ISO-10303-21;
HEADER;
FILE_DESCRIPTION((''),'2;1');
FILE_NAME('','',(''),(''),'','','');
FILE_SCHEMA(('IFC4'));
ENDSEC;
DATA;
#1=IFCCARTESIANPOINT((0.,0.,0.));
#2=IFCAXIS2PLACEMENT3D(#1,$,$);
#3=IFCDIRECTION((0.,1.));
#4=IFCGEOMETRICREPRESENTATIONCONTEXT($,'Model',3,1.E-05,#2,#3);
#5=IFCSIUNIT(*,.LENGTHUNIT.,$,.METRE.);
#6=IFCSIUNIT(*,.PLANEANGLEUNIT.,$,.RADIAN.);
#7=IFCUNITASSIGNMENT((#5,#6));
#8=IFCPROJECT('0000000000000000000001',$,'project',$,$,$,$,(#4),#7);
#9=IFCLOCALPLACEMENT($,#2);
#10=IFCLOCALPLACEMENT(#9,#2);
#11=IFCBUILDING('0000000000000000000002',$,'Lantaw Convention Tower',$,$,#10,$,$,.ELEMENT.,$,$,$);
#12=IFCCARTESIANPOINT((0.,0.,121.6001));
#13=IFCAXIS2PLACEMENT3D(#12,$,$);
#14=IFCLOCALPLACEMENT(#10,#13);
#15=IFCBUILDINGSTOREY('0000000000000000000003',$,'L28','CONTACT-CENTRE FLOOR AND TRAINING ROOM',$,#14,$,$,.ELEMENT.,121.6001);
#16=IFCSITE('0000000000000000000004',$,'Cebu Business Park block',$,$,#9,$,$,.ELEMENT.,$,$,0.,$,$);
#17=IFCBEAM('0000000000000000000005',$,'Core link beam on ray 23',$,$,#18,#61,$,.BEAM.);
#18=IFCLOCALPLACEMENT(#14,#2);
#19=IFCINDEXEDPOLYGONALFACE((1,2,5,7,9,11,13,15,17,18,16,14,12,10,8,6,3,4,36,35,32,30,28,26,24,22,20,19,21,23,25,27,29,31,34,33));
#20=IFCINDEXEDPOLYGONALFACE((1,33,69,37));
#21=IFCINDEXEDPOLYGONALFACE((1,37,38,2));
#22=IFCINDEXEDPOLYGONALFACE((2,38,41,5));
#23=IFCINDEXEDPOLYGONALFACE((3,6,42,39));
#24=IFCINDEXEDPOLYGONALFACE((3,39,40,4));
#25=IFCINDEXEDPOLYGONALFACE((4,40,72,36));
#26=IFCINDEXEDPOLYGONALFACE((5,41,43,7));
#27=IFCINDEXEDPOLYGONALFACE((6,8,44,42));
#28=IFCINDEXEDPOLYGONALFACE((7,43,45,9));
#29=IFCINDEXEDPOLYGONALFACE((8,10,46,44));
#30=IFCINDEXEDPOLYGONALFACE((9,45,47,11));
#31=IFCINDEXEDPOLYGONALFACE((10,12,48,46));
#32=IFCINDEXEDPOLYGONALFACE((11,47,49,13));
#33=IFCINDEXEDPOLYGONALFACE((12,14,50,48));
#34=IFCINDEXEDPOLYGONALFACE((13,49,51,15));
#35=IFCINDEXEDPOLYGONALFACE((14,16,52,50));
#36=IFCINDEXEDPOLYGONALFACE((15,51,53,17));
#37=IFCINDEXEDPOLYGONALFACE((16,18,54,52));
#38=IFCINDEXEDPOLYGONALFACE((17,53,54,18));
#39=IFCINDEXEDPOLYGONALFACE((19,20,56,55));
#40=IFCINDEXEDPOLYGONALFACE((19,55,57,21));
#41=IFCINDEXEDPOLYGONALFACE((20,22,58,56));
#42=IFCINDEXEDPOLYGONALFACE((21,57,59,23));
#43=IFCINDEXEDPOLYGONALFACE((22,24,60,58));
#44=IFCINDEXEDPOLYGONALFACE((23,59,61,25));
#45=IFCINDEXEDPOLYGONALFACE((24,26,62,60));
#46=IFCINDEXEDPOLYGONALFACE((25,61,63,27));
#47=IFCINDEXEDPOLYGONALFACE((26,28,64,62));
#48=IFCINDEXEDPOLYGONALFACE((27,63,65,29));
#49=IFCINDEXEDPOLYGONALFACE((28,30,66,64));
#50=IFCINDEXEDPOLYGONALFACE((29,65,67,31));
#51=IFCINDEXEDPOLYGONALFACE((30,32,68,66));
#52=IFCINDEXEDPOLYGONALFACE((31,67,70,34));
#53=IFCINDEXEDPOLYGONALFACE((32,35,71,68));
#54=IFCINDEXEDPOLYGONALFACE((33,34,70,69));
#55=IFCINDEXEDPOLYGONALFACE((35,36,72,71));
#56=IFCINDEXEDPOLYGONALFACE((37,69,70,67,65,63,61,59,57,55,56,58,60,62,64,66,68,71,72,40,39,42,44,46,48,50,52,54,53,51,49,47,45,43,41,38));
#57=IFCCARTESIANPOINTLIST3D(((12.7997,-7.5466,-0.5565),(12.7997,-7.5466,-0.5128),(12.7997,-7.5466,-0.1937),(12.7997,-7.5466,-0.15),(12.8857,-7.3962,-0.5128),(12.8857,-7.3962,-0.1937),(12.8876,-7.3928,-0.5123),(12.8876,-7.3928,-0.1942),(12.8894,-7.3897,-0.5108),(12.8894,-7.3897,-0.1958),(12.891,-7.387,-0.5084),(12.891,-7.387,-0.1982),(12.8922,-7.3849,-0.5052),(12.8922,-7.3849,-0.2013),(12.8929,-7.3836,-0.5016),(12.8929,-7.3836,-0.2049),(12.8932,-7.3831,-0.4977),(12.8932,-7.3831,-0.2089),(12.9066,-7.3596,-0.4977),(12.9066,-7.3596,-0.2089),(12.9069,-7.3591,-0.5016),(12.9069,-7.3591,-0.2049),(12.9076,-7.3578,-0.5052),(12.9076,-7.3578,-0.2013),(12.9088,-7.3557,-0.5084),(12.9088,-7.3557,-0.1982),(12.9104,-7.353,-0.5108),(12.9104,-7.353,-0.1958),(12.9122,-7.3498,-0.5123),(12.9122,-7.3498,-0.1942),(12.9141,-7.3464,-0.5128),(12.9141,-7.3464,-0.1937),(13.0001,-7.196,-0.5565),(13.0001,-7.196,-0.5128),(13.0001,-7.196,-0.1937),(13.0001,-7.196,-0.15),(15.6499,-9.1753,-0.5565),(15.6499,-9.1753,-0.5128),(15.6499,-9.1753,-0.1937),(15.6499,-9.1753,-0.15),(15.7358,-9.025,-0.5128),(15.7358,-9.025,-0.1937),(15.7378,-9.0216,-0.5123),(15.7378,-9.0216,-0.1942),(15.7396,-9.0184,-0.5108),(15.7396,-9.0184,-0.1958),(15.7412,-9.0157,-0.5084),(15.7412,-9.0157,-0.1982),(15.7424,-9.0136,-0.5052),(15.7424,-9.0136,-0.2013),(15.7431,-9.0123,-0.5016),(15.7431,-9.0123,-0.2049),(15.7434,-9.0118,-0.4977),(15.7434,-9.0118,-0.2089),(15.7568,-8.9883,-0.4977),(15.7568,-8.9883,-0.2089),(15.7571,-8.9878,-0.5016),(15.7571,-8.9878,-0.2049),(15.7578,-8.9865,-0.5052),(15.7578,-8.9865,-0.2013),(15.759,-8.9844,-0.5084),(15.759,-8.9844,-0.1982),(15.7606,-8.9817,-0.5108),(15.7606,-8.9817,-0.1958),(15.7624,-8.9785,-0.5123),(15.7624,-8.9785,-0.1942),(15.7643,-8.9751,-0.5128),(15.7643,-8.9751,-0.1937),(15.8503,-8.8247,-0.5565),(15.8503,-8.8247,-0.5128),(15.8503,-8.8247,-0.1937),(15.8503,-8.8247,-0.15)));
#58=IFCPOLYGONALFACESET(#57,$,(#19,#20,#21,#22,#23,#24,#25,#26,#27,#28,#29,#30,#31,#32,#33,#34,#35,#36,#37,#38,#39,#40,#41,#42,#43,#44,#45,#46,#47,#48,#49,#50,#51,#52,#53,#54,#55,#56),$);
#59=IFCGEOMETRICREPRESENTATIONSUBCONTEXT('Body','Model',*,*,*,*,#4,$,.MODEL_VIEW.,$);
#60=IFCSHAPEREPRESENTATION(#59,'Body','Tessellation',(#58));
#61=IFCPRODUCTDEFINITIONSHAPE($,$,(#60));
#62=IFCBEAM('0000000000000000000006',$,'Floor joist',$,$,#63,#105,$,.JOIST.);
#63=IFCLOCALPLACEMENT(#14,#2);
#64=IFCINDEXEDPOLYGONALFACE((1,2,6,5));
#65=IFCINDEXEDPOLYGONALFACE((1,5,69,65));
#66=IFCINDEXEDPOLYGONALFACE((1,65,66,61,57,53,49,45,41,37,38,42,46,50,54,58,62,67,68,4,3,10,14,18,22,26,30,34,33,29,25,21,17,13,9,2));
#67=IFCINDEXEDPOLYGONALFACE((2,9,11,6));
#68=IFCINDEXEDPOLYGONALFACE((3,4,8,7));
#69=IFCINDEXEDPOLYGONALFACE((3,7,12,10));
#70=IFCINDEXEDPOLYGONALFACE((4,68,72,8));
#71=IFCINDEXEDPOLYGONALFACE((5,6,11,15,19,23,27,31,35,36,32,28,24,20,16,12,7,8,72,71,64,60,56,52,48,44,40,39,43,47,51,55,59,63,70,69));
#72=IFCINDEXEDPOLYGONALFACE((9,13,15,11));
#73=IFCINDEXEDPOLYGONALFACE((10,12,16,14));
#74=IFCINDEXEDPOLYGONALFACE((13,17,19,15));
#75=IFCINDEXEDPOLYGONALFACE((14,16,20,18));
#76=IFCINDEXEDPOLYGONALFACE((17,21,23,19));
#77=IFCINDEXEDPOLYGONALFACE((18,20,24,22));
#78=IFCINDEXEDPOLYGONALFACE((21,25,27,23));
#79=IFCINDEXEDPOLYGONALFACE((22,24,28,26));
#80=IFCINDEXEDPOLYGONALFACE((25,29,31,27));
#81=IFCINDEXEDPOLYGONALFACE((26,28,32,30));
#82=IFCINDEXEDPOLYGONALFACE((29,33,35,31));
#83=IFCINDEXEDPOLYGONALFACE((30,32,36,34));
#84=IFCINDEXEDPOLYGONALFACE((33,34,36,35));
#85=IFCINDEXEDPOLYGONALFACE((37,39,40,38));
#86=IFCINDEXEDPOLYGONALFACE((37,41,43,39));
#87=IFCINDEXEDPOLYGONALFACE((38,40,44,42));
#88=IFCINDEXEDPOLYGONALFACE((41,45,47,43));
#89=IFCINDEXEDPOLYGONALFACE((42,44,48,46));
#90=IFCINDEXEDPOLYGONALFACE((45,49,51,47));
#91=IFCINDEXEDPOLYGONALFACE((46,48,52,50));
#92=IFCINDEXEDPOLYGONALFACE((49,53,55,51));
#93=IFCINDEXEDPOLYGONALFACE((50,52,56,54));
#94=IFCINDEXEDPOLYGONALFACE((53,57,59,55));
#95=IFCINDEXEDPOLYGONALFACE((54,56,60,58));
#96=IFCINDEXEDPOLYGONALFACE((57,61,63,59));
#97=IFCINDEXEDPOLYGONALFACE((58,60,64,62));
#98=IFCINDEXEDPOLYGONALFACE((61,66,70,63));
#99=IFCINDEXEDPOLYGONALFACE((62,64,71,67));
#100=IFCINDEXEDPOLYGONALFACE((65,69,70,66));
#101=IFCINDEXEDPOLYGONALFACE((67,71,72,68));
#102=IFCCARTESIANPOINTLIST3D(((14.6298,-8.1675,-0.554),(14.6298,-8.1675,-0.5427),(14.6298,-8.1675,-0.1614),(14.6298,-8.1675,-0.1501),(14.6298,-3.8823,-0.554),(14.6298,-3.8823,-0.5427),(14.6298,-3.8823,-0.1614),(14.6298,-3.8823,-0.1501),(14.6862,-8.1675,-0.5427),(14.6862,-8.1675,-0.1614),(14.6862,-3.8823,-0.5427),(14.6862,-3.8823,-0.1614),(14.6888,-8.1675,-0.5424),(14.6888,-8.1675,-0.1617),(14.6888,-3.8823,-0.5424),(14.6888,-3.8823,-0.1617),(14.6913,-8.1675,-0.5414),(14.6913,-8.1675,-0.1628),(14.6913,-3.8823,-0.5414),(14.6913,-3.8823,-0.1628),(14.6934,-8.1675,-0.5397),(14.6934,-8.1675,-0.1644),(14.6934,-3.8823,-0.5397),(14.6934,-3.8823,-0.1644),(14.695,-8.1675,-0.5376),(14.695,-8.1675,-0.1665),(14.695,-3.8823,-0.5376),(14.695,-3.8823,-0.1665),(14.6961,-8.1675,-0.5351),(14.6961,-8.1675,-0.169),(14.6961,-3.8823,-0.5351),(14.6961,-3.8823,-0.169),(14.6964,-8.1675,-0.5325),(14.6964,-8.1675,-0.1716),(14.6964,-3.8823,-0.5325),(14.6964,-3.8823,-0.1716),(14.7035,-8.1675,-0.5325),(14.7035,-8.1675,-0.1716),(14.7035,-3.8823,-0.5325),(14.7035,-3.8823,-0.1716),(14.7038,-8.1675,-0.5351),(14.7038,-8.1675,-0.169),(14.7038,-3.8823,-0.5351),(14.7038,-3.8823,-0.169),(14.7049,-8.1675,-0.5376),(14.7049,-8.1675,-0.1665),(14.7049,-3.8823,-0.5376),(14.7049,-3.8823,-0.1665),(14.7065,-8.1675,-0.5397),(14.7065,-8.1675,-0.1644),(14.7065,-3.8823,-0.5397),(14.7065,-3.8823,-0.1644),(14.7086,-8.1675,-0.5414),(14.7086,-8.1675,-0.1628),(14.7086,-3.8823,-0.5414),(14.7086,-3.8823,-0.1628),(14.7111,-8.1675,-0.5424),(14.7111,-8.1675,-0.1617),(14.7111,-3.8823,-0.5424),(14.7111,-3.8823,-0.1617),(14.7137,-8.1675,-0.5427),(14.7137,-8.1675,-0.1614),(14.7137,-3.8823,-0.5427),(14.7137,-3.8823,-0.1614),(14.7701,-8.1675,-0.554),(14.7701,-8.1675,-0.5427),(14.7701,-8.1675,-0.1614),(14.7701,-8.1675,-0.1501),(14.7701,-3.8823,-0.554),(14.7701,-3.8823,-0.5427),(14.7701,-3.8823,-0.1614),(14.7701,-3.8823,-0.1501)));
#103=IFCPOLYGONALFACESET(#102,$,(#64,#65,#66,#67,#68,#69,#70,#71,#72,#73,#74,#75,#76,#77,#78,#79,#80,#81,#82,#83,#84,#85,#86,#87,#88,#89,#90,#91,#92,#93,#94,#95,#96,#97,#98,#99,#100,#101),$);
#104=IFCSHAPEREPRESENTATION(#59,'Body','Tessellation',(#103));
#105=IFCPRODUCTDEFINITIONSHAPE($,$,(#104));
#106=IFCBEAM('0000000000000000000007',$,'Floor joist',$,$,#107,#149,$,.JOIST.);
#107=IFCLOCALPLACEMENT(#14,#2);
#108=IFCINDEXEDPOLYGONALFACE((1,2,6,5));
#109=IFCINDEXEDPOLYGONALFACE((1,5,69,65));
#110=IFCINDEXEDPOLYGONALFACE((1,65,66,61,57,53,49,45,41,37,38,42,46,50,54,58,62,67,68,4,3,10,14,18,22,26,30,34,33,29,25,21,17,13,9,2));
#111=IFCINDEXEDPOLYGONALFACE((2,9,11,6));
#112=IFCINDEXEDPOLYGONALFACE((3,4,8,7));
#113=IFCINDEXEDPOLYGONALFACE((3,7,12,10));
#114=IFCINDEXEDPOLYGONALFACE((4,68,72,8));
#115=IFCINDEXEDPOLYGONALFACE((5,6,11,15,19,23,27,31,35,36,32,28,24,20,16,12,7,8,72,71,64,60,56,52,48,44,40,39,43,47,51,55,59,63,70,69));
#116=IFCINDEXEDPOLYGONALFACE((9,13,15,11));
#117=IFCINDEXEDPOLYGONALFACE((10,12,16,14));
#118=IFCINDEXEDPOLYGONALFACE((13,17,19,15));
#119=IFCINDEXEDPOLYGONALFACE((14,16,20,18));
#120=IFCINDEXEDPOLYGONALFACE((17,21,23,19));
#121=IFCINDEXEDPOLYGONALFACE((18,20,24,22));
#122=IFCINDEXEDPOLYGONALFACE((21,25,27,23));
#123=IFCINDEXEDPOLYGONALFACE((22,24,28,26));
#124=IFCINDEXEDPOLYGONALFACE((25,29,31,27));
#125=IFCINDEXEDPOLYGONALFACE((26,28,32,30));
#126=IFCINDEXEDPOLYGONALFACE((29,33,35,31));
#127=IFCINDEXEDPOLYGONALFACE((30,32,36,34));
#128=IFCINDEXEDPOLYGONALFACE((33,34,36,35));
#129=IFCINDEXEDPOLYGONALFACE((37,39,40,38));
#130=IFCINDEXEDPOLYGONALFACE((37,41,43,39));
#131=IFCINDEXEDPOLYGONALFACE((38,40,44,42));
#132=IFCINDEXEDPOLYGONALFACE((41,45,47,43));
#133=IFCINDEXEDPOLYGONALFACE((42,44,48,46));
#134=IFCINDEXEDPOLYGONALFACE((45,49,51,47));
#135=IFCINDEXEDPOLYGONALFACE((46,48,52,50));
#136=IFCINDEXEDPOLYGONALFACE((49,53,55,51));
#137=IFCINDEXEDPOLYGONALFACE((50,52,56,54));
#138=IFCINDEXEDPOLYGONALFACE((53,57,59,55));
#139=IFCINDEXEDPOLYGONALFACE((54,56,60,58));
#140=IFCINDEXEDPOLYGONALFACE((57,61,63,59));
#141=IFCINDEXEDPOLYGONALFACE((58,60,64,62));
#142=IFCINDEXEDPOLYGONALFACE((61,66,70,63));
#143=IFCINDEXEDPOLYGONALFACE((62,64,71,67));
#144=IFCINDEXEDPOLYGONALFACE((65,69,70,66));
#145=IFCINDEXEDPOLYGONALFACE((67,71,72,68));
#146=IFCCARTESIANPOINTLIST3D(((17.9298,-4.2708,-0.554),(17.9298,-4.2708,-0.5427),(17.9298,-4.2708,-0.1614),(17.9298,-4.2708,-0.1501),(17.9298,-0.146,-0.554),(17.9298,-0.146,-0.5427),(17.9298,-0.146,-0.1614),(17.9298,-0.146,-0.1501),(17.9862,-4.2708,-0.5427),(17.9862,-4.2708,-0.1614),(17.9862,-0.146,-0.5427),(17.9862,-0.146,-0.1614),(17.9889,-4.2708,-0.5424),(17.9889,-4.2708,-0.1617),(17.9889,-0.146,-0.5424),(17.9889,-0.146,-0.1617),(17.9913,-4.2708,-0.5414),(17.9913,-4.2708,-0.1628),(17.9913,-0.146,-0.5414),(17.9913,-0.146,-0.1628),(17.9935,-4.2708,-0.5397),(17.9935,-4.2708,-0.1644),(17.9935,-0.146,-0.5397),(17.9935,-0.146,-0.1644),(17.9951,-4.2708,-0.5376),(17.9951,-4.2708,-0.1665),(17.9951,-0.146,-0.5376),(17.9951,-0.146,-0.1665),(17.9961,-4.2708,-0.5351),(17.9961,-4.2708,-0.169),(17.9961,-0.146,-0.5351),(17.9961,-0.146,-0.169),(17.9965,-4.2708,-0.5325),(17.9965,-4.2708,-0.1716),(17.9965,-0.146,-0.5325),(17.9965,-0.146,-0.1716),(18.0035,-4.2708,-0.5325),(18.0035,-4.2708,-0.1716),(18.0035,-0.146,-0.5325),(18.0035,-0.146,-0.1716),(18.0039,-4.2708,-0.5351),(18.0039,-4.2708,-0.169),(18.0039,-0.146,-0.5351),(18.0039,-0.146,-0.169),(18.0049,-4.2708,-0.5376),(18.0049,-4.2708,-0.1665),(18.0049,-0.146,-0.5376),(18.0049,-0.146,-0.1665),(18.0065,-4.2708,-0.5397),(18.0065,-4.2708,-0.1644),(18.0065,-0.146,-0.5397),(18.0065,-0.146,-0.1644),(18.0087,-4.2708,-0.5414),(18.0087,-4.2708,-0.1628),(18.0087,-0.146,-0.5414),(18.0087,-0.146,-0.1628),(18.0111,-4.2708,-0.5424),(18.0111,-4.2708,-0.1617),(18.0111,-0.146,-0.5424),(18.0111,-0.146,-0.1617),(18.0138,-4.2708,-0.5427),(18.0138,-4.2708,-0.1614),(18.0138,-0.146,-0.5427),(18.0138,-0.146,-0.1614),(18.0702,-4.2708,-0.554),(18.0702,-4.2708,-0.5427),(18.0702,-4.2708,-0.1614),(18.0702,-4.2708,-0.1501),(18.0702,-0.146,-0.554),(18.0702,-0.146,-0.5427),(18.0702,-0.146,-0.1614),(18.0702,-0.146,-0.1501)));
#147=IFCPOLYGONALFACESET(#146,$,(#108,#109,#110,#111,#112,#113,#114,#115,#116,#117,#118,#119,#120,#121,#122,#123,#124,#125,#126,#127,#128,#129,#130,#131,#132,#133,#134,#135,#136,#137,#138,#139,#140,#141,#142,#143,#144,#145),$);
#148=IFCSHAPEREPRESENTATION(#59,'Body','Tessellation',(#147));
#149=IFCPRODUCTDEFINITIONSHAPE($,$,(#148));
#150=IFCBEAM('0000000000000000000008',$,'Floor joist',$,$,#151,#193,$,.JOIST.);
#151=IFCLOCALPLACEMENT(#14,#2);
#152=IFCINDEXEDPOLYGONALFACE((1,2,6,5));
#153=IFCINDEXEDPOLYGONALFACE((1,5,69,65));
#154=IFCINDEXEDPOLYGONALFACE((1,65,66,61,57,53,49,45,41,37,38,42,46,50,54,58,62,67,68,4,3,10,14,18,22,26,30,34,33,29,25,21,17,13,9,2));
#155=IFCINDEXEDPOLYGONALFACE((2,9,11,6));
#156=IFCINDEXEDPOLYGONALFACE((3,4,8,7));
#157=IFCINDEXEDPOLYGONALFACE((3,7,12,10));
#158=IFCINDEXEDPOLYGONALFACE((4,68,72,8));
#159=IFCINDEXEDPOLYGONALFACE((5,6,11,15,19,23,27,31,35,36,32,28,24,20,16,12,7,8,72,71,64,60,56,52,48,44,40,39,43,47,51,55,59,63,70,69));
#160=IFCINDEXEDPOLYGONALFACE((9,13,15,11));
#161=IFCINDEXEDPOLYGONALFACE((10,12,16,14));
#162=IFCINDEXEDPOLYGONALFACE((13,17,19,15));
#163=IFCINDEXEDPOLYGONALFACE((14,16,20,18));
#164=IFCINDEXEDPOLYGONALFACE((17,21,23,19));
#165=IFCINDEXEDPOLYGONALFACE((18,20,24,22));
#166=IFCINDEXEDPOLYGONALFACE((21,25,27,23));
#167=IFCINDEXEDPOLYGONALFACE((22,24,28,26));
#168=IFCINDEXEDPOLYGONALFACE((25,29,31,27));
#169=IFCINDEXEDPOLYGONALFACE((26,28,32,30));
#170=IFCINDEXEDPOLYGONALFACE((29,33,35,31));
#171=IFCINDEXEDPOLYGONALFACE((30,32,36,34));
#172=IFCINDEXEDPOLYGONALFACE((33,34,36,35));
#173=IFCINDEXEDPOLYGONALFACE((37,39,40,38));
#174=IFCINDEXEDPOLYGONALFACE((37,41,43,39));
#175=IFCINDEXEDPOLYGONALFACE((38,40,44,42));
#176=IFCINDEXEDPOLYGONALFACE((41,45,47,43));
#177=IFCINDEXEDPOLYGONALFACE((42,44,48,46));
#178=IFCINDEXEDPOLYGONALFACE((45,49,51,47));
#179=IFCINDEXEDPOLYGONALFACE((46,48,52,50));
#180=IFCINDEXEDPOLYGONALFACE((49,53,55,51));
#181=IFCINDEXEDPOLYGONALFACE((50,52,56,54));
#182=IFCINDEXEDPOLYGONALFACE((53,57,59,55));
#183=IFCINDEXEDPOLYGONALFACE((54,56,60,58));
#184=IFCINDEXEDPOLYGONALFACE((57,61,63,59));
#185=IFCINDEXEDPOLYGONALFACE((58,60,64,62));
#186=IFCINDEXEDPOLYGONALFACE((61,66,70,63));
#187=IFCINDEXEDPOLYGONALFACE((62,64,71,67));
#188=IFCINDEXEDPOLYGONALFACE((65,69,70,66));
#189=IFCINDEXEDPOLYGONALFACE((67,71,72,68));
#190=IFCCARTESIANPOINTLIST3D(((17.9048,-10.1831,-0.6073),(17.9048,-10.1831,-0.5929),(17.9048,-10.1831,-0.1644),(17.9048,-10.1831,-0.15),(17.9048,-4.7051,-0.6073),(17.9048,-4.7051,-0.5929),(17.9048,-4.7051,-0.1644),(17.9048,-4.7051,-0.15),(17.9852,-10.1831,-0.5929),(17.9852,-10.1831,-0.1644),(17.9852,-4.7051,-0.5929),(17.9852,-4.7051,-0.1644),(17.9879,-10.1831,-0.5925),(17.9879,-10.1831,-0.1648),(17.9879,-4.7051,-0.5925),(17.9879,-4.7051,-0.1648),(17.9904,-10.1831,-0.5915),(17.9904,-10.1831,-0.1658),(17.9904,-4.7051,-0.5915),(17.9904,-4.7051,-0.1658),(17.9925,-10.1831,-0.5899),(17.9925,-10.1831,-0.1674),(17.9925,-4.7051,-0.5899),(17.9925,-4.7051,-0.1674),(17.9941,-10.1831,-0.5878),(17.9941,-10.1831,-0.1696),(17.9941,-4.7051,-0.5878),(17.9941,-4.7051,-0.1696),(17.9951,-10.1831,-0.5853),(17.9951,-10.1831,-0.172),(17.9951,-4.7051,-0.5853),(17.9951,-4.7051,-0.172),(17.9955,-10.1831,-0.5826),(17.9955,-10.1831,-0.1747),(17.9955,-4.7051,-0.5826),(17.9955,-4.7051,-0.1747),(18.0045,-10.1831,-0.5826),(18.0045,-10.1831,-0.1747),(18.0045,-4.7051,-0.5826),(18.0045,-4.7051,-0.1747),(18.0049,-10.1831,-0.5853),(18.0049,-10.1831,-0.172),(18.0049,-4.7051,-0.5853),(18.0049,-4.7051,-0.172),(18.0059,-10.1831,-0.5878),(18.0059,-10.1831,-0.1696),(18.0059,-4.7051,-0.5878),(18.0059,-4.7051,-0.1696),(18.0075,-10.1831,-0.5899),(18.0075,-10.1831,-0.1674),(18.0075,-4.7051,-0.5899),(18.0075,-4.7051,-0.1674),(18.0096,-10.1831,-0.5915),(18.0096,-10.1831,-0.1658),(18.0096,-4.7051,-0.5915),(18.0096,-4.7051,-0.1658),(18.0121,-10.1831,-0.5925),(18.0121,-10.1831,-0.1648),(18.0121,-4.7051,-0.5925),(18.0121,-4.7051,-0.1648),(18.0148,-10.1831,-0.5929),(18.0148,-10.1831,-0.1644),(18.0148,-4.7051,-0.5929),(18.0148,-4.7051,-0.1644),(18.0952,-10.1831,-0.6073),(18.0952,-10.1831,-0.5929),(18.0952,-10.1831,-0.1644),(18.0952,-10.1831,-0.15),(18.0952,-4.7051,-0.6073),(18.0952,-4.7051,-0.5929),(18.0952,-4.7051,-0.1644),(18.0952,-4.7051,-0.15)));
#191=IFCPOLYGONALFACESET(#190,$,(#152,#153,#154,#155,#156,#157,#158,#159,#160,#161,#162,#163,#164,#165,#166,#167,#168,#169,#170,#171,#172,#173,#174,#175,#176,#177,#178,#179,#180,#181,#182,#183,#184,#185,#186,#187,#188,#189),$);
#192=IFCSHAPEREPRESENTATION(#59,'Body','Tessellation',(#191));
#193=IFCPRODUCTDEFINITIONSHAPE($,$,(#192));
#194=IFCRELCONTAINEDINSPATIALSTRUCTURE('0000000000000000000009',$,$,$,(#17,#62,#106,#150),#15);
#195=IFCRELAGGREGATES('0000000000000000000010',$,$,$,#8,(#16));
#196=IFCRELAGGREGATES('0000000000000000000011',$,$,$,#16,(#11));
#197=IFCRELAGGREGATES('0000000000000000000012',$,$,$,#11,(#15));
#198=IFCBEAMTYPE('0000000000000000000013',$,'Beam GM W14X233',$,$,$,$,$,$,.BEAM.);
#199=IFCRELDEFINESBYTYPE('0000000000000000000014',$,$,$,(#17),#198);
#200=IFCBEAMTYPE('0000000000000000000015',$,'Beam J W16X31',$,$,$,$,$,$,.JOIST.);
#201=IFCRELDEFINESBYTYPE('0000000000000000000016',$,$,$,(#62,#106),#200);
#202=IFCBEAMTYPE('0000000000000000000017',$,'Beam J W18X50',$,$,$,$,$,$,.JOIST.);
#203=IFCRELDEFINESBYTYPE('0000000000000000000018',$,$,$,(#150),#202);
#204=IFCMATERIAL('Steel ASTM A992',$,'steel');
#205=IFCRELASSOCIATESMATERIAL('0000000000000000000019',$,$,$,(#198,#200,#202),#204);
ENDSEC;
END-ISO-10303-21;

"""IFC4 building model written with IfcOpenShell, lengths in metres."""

from ifc_helpers import new_model, si_unit, direction, frame, origin, origin_2d, place, context, subcontext, project, spatial, i_section, extrude, material, material_profile, profile_set, type_object, element, save


model = new_model("IFC4")

# Units and contexts
model_context = context("Model", 3, precision=1e-05, world=origin(), true_north=direction((0.0, 1.0)))
body_context = subcontext(model_context, "Body", "Model", "MODEL_VIEW")
ifc_project = project(units=[si_unit("LENGTHUNIT", "METRE"), si_unit("PLANEANGLEUNIT", "RADIAN")], contexts=[model_context])

# Site, building, storey
site_placement = place(None, origin())
site = spatial("IfcSite", under=ifc_project, at=site_placement, Name="Cebu Business Park block", CompositionType="ELEMENT", RefElevation=0.0)
building_placement = place(site_placement, origin())
building = spatial("IfcBuilding", under=site, at=building_placement, Name="Lantaw Convention Tower", CompositionType="ELEMENT")
storey_placement = place(building_placement, frame((0.0, 0.0, 121.6001)))
storey = spatial("IfcBuildingStorey", under=building, at=storey_placement, Name="L28", Description="CONTACT-CENTRE FLOOR AND TRAINING ROOM", CompositionType="ELEMENT", Elevation=121.6001)

# Beams
ifc_material_1 = material(Name="Steel ASTM A992", Category="steel")
ifc_material_profile_1 = material_profile(ifc_material_1, i_section(OverallWidth=0.4038, OverallDepth=0.4065, WebThickness=0.0271, FlangeThickness=0.0437, FilletRadius=0.0151, at=origin_2d()), Name="W14X233")
ifc_profile_set_1 = profile_set([ifc_material_profile_1], Name="Steel ASTM A992")
beam_type_1 = type_object("IfcBeamType", Name="Beam GM W14X233", PredefinedType="BEAM", material=ifc_profile_set_1)
beam_1_placement = place(storey_placement, frame((12.8999, -7.3713, -0.3533), z_axis=(0.868239, -0.496147, 0.0), x_axis=(0.496147, 0.868239, 0.0)))
element("IfcBeam", 1, at=beam_1_placement, inside=storey, type_object=beam_type_1, Name="Core link beam on ray 23", PredefinedType="BEAM", context=body_context, shape_type="SweptSolid", body=[
    extrude(i_section(OverallWidth=0.4038, OverallDepth=0.4065, WebThickness=0.0271, FlangeThickness=0.0437, FilletRadius=0.0151, at=origin_2d()), origin(), (0.0, 0.0, 1.0), 3.2827),
])
ifc_material_profile_2 = material_profile(ifc_material_1, i_section(OverallWidth=0.1404, OverallDepth=0.4038, WebThickness=0.0071, FlangeThickness=0.0112, FilletRadius=0.0103, at=origin_2d()), Name="W16X31")
ifc_profile_set_2 = profile_set([ifc_material_profile_2], Name="Steel ASTM A992")
beam_type_2 = type_object("IfcBeamType", Name="Beam J W16X31", PredefinedType="JOIST", material=ifc_profile_set_2)
beam_2_placement = place(storey_placement, frame((14.7, -8.1675, -0.3521), z_axis=(0.0, 1.0, 0.0), x_axis=(-1.0, 0.0, 0.0)))
element("IfcBeam", 2, at=beam_2_placement, inside=storey, type_object=beam_type_2, Name="Floor joist", PredefinedType="JOIST", context=body_context, shape_type="SweptSolid", body=[
    extrude(i_section(OverallWidth=0.1404, OverallDepth=0.4038, WebThickness=0.0071, FlangeThickness=0.0112, FilletRadius=0.0103, at=origin_2d()), origin(), (0.0, 0.0, 1.0), 4.2852),
])
beam_3_placement = place(storey_placement, frame((18.0, -4.2708, -0.3521), z_axis=(0.0, 1.0, 0.0), x_axis=(-1.0, 0.0, 0.0)))
element("IfcBeam", 3, at=beam_3_placement, inside=storey, type_object=beam_type_2, Name="Floor joist", PredefinedType="JOIST", context=body_context, shape_type="SweptSolid", body=[
    extrude(i_section(OverallWidth=0.1404, OverallDepth=0.4038, WebThickness=0.0071, FlangeThickness=0.0112, FilletRadius=0.0103, at=origin_2d()), origin(), (0.0, 0.0, 1.0), 4.1248),
])
ifc_material_profile_3 = material_profile(ifc_material_1, i_section(OverallWidth=0.1904, OverallDepth=0.4573, WebThickness=0.009, FlangeThickness=0.0144, FilletRadius=0.0103, at=origin_2d()), Name="W18X50")
ifc_profile_set_3 = profile_set([ifc_material_profile_3], Name="Steel ASTM A992")
beam_type_3 = type_object("IfcBeamType", Name="Beam J W18X50", PredefinedType="JOIST", material=ifc_profile_set_3)
beam_4_placement = place(storey_placement, frame((18.0, -10.1831, -0.3787), z_axis=(0.0, 1.0, 0.0), x_axis=(-1.0, 0.0, 0.0)))
element("IfcBeam", 4, at=beam_4_placement, inside=storey, type_object=beam_type_3, Name="Floor joist", PredefinedType="JOIST", context=body_context, shape_type="SweptSolid", body=[
    extrude(i_section(OverallWidth=0.1904, OverallDepth=0.4573, WebThickness=0.009, FlangeThickness=0.0144, FilletRadius=0.0103, at=origin_2d()), origin(), (0.0, 0.0, 1.0), 5.478),
])

save(model, "model.ifc")
